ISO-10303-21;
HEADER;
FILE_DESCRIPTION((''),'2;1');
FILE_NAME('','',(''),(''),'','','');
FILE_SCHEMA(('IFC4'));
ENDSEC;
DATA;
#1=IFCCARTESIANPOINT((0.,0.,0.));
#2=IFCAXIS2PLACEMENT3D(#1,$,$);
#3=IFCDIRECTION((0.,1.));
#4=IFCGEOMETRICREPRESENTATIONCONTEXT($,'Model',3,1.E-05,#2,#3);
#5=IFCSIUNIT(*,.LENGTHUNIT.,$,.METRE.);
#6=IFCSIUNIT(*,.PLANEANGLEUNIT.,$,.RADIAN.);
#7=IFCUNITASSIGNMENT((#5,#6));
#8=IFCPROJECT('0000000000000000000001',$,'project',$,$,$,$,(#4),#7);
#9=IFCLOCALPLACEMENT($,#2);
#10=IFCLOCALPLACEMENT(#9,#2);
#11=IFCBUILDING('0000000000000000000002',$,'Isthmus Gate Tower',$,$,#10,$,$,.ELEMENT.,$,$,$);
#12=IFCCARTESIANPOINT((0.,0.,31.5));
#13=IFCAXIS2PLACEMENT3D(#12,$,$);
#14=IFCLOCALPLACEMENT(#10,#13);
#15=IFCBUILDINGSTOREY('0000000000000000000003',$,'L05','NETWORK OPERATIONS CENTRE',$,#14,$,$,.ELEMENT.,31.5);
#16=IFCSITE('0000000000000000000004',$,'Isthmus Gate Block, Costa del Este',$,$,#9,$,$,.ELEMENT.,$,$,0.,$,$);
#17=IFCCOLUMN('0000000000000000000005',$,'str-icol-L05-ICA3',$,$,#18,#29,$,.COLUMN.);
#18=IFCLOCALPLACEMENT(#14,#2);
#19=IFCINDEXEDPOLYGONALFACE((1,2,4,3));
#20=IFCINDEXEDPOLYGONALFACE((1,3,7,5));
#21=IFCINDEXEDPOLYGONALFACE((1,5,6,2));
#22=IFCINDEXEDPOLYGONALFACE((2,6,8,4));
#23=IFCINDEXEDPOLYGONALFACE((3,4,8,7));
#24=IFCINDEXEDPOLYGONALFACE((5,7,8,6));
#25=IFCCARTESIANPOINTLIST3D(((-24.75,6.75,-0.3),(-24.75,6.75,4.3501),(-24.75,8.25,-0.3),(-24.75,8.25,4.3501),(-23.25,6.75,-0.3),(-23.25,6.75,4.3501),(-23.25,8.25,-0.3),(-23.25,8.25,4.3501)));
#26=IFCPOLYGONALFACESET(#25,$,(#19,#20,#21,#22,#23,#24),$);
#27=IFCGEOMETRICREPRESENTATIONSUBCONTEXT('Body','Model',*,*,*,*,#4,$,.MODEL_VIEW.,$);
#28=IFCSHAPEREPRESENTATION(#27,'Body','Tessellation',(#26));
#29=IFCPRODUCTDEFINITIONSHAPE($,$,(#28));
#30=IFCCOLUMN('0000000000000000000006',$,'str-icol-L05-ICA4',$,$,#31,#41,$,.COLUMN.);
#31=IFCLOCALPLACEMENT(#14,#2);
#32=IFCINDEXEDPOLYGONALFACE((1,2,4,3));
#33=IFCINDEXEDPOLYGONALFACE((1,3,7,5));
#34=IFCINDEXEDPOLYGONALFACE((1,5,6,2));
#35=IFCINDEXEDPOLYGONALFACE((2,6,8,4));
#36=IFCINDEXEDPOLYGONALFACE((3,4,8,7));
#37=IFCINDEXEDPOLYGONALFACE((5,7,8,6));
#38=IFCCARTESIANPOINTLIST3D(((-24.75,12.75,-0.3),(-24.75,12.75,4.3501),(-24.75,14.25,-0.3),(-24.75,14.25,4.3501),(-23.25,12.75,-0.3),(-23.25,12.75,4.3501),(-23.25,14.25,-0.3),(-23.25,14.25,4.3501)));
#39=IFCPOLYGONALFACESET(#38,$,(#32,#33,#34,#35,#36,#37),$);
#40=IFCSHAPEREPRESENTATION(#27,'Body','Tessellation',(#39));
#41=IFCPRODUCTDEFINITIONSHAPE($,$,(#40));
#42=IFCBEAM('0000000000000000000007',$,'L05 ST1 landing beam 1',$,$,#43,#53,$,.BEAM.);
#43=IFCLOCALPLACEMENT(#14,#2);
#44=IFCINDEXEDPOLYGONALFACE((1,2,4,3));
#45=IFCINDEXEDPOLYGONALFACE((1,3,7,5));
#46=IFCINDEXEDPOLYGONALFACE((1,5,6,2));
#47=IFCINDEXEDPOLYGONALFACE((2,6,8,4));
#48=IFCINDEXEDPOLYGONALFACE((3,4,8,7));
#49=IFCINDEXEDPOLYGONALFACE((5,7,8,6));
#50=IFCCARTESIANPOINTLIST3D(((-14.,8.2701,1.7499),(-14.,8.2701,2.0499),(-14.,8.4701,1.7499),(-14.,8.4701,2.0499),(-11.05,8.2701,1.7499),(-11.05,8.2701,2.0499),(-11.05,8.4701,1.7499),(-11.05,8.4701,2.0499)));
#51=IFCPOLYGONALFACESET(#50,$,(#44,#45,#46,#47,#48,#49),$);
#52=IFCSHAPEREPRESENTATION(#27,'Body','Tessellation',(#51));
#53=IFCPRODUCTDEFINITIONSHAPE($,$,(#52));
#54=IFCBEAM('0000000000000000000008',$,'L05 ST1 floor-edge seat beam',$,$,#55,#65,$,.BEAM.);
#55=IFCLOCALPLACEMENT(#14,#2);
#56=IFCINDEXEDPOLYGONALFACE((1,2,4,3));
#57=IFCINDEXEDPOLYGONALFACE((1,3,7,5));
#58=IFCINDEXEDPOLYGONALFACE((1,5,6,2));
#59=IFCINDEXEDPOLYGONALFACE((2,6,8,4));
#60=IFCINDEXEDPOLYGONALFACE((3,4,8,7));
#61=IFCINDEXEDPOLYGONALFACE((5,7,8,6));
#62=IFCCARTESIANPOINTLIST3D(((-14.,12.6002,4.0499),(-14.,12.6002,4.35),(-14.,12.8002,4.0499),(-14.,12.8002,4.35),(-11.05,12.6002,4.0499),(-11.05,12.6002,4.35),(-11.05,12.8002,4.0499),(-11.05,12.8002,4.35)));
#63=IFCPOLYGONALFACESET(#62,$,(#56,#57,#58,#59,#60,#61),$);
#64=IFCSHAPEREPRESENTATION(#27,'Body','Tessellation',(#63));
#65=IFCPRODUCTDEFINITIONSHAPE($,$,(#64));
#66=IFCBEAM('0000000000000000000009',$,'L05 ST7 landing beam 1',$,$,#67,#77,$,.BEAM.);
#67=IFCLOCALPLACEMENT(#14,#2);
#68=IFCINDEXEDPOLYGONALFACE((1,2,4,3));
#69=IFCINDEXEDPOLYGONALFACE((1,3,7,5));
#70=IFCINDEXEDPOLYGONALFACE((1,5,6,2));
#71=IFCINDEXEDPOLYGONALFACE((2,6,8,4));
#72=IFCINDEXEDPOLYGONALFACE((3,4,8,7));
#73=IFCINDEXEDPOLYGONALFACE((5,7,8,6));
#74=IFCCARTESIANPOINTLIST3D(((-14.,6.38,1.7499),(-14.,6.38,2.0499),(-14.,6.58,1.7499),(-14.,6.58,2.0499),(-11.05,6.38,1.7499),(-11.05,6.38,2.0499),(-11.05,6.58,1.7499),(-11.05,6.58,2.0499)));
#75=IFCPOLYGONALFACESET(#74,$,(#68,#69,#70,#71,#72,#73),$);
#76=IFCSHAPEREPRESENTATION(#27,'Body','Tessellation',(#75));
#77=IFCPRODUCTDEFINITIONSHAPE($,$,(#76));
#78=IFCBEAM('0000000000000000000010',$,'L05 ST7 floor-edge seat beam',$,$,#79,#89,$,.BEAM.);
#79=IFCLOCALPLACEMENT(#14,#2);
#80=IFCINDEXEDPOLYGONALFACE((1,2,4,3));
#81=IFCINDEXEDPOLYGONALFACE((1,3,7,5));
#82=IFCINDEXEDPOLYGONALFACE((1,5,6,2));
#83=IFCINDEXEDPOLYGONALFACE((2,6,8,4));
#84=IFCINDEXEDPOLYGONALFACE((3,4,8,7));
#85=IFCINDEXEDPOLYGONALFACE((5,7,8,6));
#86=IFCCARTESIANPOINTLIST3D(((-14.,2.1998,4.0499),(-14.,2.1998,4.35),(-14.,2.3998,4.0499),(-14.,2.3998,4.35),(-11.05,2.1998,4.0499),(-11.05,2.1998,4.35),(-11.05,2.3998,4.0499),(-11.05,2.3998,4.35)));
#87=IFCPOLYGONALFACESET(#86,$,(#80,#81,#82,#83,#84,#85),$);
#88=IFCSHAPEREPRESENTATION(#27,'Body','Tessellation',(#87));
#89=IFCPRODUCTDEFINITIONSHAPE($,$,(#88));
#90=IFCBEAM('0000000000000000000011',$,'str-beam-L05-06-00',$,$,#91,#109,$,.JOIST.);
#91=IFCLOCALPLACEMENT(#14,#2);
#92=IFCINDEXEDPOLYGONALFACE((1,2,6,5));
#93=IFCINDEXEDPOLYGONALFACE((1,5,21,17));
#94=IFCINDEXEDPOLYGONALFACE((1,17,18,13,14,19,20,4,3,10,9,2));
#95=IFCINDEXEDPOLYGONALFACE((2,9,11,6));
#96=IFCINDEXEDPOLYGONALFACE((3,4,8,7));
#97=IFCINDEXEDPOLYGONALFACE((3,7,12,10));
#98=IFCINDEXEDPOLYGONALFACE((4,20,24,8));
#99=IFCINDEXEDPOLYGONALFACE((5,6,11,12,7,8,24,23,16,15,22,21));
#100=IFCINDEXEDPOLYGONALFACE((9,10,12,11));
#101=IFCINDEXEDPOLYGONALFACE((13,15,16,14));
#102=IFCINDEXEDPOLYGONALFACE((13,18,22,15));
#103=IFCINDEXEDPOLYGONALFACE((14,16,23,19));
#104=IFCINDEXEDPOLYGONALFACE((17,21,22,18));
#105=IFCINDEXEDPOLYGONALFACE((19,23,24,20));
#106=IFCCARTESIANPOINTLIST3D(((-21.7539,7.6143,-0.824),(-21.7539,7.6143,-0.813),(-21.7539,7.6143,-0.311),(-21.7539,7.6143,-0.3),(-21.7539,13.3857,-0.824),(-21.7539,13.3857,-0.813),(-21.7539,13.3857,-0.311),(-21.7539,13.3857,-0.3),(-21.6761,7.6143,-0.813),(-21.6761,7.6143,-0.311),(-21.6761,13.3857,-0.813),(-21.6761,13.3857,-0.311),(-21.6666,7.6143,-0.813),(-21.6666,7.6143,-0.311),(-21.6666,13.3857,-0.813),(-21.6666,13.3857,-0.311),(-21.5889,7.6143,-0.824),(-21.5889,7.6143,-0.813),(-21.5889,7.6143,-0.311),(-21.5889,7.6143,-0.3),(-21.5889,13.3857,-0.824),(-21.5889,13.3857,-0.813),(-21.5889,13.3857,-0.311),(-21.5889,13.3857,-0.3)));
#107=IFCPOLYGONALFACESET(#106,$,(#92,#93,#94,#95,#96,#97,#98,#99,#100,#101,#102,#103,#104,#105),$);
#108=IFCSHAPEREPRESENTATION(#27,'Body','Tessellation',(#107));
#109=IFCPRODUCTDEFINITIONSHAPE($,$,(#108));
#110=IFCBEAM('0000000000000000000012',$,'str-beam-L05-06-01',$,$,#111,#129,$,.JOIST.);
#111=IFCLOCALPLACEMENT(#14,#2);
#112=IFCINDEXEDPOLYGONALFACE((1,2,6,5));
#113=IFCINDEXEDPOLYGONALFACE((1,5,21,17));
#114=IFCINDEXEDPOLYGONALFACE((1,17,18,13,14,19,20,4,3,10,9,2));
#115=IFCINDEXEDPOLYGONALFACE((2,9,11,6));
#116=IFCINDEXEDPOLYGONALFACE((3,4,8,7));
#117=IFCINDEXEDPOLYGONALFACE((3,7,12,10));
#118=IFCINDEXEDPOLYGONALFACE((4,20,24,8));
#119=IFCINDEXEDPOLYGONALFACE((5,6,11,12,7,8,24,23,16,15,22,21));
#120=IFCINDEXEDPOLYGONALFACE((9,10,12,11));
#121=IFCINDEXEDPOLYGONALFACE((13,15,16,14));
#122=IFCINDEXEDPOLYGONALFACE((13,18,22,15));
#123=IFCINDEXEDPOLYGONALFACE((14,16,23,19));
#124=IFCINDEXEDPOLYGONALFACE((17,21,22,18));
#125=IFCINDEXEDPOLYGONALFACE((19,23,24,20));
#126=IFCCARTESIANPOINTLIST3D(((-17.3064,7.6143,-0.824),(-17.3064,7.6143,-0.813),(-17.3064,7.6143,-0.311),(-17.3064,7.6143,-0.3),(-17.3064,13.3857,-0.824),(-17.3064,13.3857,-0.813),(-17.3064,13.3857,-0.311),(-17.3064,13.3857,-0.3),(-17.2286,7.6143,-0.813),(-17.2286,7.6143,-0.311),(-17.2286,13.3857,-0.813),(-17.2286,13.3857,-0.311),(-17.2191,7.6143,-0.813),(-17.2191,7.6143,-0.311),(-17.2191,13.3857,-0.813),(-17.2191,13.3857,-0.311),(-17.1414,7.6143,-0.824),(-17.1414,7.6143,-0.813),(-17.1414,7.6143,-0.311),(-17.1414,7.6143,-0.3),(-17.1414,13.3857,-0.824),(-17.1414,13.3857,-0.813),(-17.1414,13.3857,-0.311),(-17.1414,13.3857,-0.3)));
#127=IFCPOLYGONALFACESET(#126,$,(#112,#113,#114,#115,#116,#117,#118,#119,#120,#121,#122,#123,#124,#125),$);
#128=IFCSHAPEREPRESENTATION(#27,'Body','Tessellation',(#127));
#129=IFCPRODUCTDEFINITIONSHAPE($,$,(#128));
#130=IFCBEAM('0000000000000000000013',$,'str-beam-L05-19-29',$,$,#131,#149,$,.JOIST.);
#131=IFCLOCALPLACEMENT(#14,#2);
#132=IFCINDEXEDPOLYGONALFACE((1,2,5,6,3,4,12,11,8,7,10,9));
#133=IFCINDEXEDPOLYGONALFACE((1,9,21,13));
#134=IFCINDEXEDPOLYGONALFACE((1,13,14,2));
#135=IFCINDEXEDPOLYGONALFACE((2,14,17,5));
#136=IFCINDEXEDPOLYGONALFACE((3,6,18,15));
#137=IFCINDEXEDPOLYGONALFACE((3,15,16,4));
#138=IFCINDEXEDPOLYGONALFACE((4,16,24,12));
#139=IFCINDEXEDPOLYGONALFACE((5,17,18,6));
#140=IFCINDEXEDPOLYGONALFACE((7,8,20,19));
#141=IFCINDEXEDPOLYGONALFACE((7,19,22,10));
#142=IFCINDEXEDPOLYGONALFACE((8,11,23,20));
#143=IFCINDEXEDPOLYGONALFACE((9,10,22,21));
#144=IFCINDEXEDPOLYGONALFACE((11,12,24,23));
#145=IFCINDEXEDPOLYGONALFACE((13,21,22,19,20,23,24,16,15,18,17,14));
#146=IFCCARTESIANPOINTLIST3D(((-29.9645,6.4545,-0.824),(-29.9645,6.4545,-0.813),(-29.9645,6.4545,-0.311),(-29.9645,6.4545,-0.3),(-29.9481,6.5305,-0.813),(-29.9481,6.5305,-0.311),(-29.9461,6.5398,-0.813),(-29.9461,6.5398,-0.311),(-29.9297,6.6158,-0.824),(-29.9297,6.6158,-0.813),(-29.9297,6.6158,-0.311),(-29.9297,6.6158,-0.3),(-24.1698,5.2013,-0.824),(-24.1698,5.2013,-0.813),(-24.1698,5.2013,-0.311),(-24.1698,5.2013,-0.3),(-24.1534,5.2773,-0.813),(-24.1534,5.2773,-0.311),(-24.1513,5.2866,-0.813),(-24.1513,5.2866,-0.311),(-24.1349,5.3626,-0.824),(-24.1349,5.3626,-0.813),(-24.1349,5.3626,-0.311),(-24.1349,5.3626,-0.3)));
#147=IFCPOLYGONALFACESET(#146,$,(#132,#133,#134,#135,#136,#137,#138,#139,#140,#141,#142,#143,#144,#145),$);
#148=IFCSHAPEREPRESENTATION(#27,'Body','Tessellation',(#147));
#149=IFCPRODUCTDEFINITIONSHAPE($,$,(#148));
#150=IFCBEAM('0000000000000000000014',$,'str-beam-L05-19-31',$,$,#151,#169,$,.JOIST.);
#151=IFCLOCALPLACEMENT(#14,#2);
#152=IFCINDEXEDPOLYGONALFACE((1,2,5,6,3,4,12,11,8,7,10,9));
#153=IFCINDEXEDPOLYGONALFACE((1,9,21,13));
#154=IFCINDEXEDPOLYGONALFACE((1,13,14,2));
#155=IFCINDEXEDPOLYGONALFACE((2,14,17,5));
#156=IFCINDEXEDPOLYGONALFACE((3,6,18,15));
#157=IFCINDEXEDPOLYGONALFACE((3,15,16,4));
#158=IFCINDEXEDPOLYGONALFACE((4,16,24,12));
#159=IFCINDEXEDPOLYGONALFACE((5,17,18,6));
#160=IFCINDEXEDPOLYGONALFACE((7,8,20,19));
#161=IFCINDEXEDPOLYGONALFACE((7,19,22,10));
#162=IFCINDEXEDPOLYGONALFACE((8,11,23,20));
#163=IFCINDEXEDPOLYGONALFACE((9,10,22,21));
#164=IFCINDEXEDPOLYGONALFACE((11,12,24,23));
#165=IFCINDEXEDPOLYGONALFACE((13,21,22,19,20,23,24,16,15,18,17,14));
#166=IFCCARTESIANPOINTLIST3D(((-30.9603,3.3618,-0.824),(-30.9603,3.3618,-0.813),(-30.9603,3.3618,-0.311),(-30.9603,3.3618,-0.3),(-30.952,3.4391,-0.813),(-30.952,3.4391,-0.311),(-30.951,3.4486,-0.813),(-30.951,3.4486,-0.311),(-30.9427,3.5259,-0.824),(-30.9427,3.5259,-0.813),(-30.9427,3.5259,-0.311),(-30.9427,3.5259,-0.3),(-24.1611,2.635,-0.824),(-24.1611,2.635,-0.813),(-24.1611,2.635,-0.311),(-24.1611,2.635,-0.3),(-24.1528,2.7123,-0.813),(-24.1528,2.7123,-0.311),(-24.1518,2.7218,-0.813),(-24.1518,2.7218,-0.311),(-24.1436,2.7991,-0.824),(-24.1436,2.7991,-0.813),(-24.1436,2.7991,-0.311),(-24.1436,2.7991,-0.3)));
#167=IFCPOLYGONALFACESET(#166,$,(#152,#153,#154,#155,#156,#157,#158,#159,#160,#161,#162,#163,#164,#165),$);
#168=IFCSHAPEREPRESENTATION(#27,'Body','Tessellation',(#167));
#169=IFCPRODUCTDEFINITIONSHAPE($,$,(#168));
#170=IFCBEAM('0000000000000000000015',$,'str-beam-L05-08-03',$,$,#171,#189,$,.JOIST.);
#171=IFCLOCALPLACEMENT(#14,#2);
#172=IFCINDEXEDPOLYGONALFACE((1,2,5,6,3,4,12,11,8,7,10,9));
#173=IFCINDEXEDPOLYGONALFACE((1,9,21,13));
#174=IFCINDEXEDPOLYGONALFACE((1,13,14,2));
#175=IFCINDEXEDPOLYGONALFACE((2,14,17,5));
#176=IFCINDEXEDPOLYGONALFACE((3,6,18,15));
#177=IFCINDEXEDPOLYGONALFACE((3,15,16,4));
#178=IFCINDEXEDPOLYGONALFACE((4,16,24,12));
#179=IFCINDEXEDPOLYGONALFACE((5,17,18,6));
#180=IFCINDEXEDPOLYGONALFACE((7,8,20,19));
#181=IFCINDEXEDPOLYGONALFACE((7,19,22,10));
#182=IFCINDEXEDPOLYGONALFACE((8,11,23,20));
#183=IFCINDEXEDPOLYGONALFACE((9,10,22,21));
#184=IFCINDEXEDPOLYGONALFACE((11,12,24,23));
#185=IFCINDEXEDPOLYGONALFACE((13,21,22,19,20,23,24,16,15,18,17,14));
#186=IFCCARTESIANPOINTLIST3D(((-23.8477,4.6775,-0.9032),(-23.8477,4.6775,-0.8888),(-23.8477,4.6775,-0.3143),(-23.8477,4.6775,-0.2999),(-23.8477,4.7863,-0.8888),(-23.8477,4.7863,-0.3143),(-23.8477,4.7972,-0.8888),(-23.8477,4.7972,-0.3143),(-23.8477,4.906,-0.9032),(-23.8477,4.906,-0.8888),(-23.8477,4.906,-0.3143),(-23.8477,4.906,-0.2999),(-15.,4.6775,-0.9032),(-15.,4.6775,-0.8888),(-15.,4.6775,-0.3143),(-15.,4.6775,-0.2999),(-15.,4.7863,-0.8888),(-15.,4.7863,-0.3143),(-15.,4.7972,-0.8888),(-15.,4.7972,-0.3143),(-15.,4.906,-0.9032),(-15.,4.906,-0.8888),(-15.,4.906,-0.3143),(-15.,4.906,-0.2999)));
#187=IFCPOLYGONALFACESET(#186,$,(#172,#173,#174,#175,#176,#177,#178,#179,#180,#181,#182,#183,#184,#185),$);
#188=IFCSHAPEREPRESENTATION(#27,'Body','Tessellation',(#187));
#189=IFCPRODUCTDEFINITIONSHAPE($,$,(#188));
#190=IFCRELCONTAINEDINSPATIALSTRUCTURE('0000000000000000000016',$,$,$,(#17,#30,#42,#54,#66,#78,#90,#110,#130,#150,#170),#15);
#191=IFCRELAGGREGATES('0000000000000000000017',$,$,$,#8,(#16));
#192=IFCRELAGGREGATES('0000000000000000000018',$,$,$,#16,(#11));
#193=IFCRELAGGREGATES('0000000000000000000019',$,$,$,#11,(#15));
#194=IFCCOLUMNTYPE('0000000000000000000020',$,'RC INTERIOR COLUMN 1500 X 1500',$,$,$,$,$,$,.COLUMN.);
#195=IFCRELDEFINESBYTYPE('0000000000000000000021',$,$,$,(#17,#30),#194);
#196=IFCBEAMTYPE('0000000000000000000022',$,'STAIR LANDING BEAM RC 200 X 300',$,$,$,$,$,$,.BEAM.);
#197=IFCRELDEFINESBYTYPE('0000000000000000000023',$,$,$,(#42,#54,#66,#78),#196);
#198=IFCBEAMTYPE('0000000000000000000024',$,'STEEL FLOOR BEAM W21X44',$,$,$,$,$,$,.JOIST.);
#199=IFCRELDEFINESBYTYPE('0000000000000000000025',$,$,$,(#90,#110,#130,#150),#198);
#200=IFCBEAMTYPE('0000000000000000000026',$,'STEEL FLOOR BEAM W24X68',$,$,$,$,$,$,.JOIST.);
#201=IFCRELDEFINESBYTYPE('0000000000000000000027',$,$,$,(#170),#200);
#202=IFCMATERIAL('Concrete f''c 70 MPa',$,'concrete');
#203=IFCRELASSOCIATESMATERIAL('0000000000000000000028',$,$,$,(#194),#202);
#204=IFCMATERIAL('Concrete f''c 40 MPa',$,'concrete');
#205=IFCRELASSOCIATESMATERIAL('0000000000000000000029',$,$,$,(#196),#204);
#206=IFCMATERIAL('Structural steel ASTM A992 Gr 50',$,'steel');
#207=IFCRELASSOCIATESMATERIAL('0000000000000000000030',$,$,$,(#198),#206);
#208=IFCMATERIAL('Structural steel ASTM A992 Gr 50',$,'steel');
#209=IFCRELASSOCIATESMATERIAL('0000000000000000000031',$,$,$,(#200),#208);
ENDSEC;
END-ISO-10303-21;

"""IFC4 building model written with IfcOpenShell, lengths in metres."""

from ifc_helpers import new_model, si_unit, direction, frame, origin, origin_2d, place, context, subcontext, project, spatial, rectangle, i_section, extrude, material, material_profile, profile_set, type_object, element, save


model = new_model("IFC4")

# Units and contexts
model_context = context("Model", 3, precision=1e-05, world=origin(), true_north=direction((0.0, 1.0)))
body_context = subcontext(model_context, "Body", "Model", "MODEL_VIEW")
ifc_project = project(units=[si_unit("LENGTHUNIT", "METRE"), si_unit("PLANEANGLEUNIT", "RADIAN")], contexts=[model_context])

# Site, building, storey
site_placement = place(None, origin())
site = spatial("IfcSite", under=ifc_project, at=site_placement, Name="Isthmus Gate Block, Costa del Este", CompositionType="ELEMENT", RefElevation=0.0)
building_placement = place(site_placement, origin())
building = spatial("IfcBuilding", under=site, at=building_placement, Name="Isthmus Gate Tower", CompositionType="ELEMENT")
storey_placement = place(building_placement, frame((0.0, 0.0, 31.5)))
storey = spatial("IfcBuildingStorey", under=building, at=storey_placement, Name="L05", Description="NETWORK OPERATIONS CENTRE", CompositionType="ELEMENT", Elevation=31.5)

# Columns
ifc_material_1 = material(Name="Concrete f'c 70 MPa", Category="concrete")
ifc_material_profile_1 = material_profile(ifc_material_1, rectangle(XDim=1.5, YDim=1.5, at=origin_2d()), Name="RC 1500X1500")
ifc_profile_set_1 = profile_set([ifc_material_profile_1], Name="Concrete f'c 70 MPa")
column_type = type_object("IfcColumnType", Name="RC INTERIOR COLUMN 1500 X 1500", PredefinedType="COLUMN", material=ifc_profile_set_1)
for number, where, z_axis, x_axis, name in (
    (1, (-24.0, 7.5, -0.3), (0.0, 0.0, 1.0), (1.0, 0.0, 0.0), "str-icol-L05-ICA3"),
    (2, (-24.0, 13.5, -0.3), (0.0, 0.0, 1.0), (1.0, 0.0, 0.0), "str-icol-L05-ICA4"),
):
    element("IfcColumn", number, at=place(storey_placement, frame(where, z_axis=z_axis, x_axis=x_axis)), inside=storey, type_object=column_type, Name=name, PredefinedType="COLUMN", context=body_context, shape_type="SweptSolid", body=[
        extrude(rectangle(XDim=1.5, YDim=1.5, at=origin_2d()), origin(), (0.0, 0.0, 1.0), 4.6501),
    ])

# Beams
ifc_material_2 = material(Name="Concrete f'c 40 MPa", Category="concrete")
ifc_material_profile_2 = material_profile(ifc_material_2, rectangle(XDim=0.2, YDim=0.3, at=origin_2d()), Name="STAIR LANDING BEAM RC 200 X 300")
ifc_profile_set_2 = profile_set([ifc_material_profile_2], Name="Concrete f'c 40 MPa")
beam_type_1 = type_object("IfcBeamType", Name="STAIR LANDING BEAM RC 200 X 300", PredefinedType="BEAM", material=ifc_profile_set_2)
for number, where, z_axis, x_axis, name in (
    (3, (-14.0, 8.3701, 1.8999), (1.0, 0.0, 0.0), (0.0, 1.0, 0.0), "L05 ST1 landing beam 1"),
    (4, (-14.0, 12.7002, 4.2), (1.0, 0.0, 0.0), (0.0, 1.0, 0.0), "L05 ST1 floor-edge seat beam"),
    (5, (-14.0, 6.48, 1.8999), (1.0, 0.0, 0.0), (0.0, 1.0, 0.0), "L05 ST7 landing beam 1"),
    (6, (-14.0, 2.2998, 4.2), (1.0, 0.0, 0.0), (0.0, 1.0, 0.0), "L05 ST7 floor-edge seat beam"),
):
    element("IfcBeam", number, at=place(storey_placement, frame(where, z_axis=z_axis, x_axis=x_axis)), inside=storey, type_object=beam_type_1, Name=name, PredefinedType="BEAM", context=body_context, shape_type="SweptSolid", body=[
        extrude(rectangle(XDim=0.2, YDim=0.3, at=origin_2d()), origin(), (0.0, 0.0, 1.0), 2.95),
    ])
ifc_material_3 = material(Name="Structural steel ASTM A992 Gr 50", Category="steel")
ifc_material_profile_3 = material_profile(ifc_material_3, i_section(OverallWidth=0.165, OverallDepth=0.5239, WebThickness=0.0095, FlangeThickness=0.011, at=origin_2d()), Name="W21X44")
ifc_profile_set_3 = profile_set([ifc_material_profile_3], Name="Structural steel ASTM A992 Gr 50")
beam_type_2 = type_object("IfcBeamType", Name="STEEL FLOOR BEAM W21X44", PredefinedType="JOIST", material=ifc_profile_set_3)
for number, where, z_axis, x_axis, name in (
    (7, (-21.6714, 7.6143, -0.562), (0.0, 1.0, 0.0), (-1.0, 0.0, 0.0), "str-beam-L05-06-00"),
    (8, (-17.2239, 7.6143, -0.562), (0.0, 1.0, 0.0), (-1.0, 0.0, 0.0), "str-beam-L05-06-01"),
):
    element("IfcBeam", number, at=place(storey_placement, frame(where, z_axis=z_axis, x_axis=x_axis)), inside=storey, type_object=beam_type_2, Name=name, PredefinedType="JOIST", context=body_context, shape_type="SweptSolid", body=[
        extrude(i_section(OverallWidth=0.165, OverallDepth=0.5239, WebThickness=0.0095, FlangeThickness=0.011, at=origin_2d()), origin(), (0.0, 0.0, 1.0), 5.7715),
    ])
beam_1_placement = place(storey_placement, frame((-24.1523, 5.282, -0.562), z_axis=(-0.977405, 0.211376, 0.0), x_axis=(-0.211376, -0.977405, 0.0)))
element("IfcBeam", 9, at=beam_1_placement, inside=storey, type_object=beam_type_2, Name="str-beam-L05-19-29", PredefinedType="JOIST", context=body_context, shape_type="SweptSolid", body=[
    extrude(i_section(OverallWidth=0.165, OverallDepth=0.5239, WebThickness=0.0095, FlangeThickness=0.011, at=origin_2d()), origin(), (0.0, 0.0, 1.0), 5.9287),
])
beam_2_placement = place(storey_placement, frame((-24.1523, 2.717, -0.562), z_axis=(-0.994335, 0.106292, 0.0), x_axis=(-0.106292, -0.994335, 0.0)))
element("IfcBeam", 10, at=beam_2_placement, inside=storey, type_object=beam_type_2, Name="str-beam-L05-19-31", PredefinedType="JOIST", context=body_context, shape_type="SweptSolid", body=[
    extrude(i_section(OverallWidth=0.165, OverallDepth=0.5239, WebThickness=0.0095, FlangeThickness=0.011, at=origin_2d()), origin(), (0.0, 0.0, 1.0), 6.8379),
])
ifc_material_4 = material(Name="Structural steel ASTM A992 Gr 50", Category="steel")
ifc_material_profile_4 = material_profile(ifc_material_4, i_section(OverallWidth=0.2285, OverallDepth=0.6033, WebThickness=0.011, FlangeThickness=0.0144, at=origin_2d()), Name="W24X68")
ifc_profile_set_4 = profile_set([ifc_material_profile_4], Name="Structural steel ASTM A992 Gr 50")
beam_type_3 = type_object("IfcBeamType", Name="STEEL FLOOR BEAM W24X68", PredefinedType="JOIST", material=ifc_profile_set_4)
beam_3_placement = place(storey_placement, frame((-23.8477, 4.7917, -0.6016), z_axis=(1.0, 0.0, 0.0), x_axis=(0.0, 1.0, 0.0)))
element("IfcBeam", 11, at=beam_3_placement, inside=storey, type_object=beam_type_3, Name="str-beam-L05-08-03", PredefinedType="JOIST", context=body_context, shape_type="SweptSolid", body=[
    extrude(i_section(OverallWidth=0.2285, OverallDepth=0.6033, WebThickness=0.011, FlangeThickness=0.0144, at=origin_2d()), origin(), (0.0, 0.0, 1.0), 8.8477),
])

save(model, "model.ifc")
